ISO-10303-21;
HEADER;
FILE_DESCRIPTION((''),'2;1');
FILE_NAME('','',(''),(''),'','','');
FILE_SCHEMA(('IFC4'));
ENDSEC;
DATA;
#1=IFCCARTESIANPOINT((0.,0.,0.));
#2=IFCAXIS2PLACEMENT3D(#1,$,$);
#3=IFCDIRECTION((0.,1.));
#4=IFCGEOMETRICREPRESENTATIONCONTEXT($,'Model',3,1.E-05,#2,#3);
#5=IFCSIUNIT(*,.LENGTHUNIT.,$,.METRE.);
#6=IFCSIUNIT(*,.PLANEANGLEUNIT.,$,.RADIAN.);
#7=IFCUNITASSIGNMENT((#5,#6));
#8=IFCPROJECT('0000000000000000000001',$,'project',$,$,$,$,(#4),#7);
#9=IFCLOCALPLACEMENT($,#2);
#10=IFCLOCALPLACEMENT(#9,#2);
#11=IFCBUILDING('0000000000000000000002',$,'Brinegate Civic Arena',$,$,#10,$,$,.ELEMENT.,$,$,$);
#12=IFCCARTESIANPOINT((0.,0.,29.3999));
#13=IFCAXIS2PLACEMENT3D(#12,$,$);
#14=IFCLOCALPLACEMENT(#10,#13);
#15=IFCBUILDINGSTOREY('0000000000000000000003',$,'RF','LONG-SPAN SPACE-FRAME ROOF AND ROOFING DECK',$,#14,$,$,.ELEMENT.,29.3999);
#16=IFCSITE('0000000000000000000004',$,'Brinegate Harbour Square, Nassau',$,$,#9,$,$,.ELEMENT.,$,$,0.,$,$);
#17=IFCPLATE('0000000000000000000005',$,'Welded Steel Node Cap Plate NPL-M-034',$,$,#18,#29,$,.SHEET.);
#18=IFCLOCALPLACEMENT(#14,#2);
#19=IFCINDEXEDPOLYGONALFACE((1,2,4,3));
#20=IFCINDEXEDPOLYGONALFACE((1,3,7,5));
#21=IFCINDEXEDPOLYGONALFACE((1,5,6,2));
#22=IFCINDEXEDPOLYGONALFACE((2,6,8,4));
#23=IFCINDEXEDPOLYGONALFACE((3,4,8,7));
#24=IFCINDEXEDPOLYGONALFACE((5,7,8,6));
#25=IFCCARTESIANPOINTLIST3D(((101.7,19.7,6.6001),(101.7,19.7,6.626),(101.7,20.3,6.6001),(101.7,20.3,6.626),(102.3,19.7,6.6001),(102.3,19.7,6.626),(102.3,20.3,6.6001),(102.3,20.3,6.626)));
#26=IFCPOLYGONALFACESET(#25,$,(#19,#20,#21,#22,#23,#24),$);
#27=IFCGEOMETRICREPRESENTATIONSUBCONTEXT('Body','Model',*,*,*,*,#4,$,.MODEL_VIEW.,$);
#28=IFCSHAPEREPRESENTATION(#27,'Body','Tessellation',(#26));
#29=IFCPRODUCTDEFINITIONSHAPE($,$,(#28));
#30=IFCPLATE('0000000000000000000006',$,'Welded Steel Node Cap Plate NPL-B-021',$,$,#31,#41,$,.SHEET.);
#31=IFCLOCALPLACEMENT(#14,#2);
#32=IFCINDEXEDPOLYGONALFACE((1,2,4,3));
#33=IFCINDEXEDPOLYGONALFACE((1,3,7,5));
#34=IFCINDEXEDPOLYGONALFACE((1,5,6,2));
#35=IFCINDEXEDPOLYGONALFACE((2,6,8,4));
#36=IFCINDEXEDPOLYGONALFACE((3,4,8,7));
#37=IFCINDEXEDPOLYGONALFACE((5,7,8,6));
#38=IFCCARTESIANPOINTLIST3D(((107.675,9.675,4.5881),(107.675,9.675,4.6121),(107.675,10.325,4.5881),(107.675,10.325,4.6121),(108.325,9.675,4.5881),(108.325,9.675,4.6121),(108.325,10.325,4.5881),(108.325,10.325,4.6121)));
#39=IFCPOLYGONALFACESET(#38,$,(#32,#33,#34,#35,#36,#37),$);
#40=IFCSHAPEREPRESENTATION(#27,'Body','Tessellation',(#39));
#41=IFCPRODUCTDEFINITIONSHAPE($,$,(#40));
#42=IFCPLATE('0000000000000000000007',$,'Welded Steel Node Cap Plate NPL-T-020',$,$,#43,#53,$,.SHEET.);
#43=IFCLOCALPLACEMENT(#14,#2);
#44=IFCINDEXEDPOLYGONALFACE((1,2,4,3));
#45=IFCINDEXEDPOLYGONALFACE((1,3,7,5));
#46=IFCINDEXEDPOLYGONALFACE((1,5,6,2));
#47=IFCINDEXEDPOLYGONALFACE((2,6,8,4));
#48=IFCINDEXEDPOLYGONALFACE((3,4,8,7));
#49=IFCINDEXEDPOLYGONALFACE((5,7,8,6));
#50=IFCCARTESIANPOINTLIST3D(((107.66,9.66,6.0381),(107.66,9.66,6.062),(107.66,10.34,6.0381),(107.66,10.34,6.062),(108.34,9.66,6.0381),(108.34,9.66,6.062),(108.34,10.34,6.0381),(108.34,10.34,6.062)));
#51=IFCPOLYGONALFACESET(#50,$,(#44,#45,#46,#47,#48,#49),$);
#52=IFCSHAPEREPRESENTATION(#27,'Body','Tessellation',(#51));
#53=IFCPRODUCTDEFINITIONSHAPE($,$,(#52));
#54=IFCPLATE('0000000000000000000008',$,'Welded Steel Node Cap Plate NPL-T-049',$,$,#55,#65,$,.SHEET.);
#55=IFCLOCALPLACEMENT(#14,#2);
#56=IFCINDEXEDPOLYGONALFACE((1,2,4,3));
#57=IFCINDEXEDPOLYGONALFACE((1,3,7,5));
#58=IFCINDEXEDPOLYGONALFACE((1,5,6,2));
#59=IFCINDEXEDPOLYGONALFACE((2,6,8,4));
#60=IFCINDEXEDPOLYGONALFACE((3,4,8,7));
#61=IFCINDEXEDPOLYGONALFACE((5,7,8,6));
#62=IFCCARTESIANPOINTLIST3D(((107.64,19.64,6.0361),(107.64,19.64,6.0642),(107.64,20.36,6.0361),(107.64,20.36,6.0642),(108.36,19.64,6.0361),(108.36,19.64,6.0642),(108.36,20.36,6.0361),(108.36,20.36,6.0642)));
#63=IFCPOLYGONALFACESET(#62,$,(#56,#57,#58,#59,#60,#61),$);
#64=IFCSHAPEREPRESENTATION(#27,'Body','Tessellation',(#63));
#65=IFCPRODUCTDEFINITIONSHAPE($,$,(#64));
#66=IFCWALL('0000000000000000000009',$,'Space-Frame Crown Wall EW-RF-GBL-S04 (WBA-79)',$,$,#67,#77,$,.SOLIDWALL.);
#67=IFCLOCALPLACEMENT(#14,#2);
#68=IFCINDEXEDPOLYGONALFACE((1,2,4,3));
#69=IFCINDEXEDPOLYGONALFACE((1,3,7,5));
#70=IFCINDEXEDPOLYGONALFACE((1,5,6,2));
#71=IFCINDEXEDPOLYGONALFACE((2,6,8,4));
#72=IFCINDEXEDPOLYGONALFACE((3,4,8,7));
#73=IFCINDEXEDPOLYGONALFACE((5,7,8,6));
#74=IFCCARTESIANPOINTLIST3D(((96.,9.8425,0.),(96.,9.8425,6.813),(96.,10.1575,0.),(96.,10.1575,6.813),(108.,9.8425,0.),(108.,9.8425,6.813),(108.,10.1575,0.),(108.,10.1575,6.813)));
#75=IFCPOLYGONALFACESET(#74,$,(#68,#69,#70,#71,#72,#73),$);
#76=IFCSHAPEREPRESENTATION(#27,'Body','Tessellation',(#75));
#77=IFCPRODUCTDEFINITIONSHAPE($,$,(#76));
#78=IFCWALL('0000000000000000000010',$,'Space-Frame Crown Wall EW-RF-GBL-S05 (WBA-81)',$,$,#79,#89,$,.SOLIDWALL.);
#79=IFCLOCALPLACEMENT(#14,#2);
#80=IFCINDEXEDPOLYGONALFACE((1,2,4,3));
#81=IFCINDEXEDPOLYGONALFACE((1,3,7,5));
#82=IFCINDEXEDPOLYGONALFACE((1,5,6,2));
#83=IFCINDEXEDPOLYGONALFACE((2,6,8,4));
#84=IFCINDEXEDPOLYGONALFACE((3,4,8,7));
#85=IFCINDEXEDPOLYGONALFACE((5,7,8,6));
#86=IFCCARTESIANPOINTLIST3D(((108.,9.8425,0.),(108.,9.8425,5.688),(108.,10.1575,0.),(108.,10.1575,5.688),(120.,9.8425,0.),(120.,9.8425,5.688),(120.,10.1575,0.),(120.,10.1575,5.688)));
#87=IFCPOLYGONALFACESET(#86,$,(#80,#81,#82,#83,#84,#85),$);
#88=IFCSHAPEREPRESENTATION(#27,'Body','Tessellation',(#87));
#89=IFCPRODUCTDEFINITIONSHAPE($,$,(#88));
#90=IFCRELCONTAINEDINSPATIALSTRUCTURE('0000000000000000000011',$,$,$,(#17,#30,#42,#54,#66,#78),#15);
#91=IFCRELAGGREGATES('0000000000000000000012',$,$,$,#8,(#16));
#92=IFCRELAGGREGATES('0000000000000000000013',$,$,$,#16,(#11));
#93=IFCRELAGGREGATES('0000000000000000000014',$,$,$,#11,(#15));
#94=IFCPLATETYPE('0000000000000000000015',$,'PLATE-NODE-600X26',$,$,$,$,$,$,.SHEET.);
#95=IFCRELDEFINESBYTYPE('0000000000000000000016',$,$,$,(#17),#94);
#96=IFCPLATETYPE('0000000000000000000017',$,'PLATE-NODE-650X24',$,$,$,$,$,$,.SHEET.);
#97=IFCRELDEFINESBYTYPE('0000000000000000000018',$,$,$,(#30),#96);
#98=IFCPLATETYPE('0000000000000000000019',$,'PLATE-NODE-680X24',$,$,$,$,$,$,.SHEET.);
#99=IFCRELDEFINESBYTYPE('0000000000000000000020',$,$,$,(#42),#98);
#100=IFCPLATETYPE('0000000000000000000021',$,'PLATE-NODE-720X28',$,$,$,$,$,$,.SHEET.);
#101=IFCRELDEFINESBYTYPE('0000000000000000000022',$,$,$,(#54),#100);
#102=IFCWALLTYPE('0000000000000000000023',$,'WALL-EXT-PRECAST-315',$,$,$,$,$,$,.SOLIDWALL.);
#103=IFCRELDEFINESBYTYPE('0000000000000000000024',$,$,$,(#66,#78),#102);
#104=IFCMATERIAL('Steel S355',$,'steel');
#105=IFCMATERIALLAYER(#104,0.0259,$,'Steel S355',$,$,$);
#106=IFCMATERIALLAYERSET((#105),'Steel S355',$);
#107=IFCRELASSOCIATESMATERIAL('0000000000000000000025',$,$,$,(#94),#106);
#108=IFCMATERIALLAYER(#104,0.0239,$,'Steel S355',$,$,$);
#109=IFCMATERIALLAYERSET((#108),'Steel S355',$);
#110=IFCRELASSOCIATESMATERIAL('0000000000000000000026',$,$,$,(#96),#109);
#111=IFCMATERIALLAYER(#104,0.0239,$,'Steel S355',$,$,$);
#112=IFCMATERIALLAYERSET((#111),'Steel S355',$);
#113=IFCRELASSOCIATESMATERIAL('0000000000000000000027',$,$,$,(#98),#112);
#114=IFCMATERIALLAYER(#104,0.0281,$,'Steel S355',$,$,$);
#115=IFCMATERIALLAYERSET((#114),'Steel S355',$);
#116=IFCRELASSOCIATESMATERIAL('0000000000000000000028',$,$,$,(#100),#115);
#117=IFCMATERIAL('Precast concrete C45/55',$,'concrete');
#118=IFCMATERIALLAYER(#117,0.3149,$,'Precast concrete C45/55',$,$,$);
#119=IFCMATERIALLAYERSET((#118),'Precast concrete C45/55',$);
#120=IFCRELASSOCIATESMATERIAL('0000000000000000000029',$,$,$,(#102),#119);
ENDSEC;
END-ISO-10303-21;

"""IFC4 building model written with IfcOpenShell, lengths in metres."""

from ifc_helpers import new_model, si_unit, direction, frame, frame_2d, origin, origin_2d, place, context, subcontext, project, spatial, rectangle, extrude, material, layer, layer_set, type_object, element, save


model = new_model("IFC4")

# Units and contexts
model_context = context("Model", 3, precision=1e-05, world=origin(), true_north=direction((0.0, 1.0)))
body_context = subcontext(model_context, "Body", "Model", "MODEL_VIEW")
ifc_project = project(units=[si_unit("LENGTHUNIT", "METRE"), si_unit("PLANEANGLEUNIT", "RADIAN")], contexts=[model_context])

# Site, building, storey
site_placement = place(None, origin())
site = spatial("IfcSite", under=ifc_project, at=site_placement, Name="Brinegate Harbour Square, Nassau", CompositionType="ELEMENT", RefElevation=0.0)
building_placement = place(site_placement, origin())
building = spatial("IfcBuilding", under=site, at=building_placement, Name="Brinegate Civic Arena", CompositionType="ELEMENT")
storey_placement = place(building_placement, frame((0.0, 0.0, 29.3999)))
storey = spatial("IfcBuildingStorey", under=building, at=storey_placement, Name="RF", Description="LONG-SPAN SPACE-FRAME ROOF AND ROOFING DECK", CompositionType="ELEMENT", Elevation=29.3999)

# Shared definitions
ifc_material_1 = material(Name="Steel S355", Category="steel")

# Plates
ifc_layer_1 = layer(ifc_material_1, 0.0259, Name="Steel S355")
ifc_layer_set_1 = layer_set([ifc_layer_1], Name="Steel S355")
plate_type_1 = type_object("IfcPlateType", Name="PLATE-NODE-600X26", PredefinedType="SHEET", material=ifc_layer_set_1)
for number, where, z_axis, x_axis, name in (
    (1, (102.0, 20.0, 6.6001), (0.0, 0.0, 1.0), (1.0, 0.0, 0.0), "Welded Steel Node Cap Plate NPL-M-034"),
):
    element("IfcPlate", number, at=place(storey_placement, frame(where, z_axis=z_axis, x_axis=x_axis)), inside=storey, type_object=plate_type_1, Name=name, PredefinedType="SHEET", context=body_context, shape_type="SweptSolid", body=[
        extrude(rectangle(XDim=0.6001, YDim=0.6001, at=origin_2d()), origin(), (0.0, 0.0, 1.0), 0.0259),
    ])
ifc_layer_2 = layer(ifc_material_1, 0.0239, Name="Steel S355")
ifc_layer_set_2 = layer_set([ifc_layer_2], Name="Steel S355")
plate_type_2 = type_object("IfcPlateType", Name="PLATE-NODE-650X24", PredefinedType="SHEET", material=ifc_layer_set_2)
plate_1_placement = place(storey_placement, frame((108.0, 10.0, 4.5881), z_axis=(0.0, 0.0, 1.0), x_axis=(1.0, 0.0, 0.0)))
element("IfcPlate", 2, at=plate_1_placement, inside=storey, type_object=plate_type_2, Name="Welded Steel Node Cap Plate NPL-B-021", PredefinedType="SHEET", context=body_context, shape_type="SweptSolid", body=[
    extrude(rectangle(XDim=0.6499, YDim=0.6499, at=origin_2d()), origin(), (0.0, 0.0, 1.0), 0.0239),
])
ifc_layer_3 = layer(ifc_material_1, 0.0239, Name="Steel S355")
ifc_layer_set_3 = layer_set([ifc_layer_3], Name="Steel S355")
plate_type_3 = type_object("IfcPlateType", Name="PLATE-NODE-680X24", PredefinedType="SHEET", material=ifc_layer_set_3)
plate_2_placement = place(storey_placement, frame((108.0, 10.0, 6.0381), z_axis=(0.0, 0.0, 1.0), x_axis=(1.0, 0.0, 0.0)))
element("IfcPlate", 3, at=plate_2_placement, inside=storey, type_object=plate_type_3, Name="Welded Steel Node Cap Plate NPL-T-020", PredefinedType="SHEET", context=body_context, shape_type="SweptSolid", body=[
    extrude(rectangle(XDim=0.6799, YDim=0.6799, at=origin_2d()), origin(), (0.0, 0.0, 1.0), 0.0239),
])
ifc_layer_4 = layer(ifc_material_1, 0.0281, Name="Steel S355")
ifc_layer_set_4 = layer_set([ifc_layer_4], Name="Steel S355")
plate_type_4 = type_object("IfcPlateType", Name="PLATE-NODE-720X28", PredefinedType="SHEET", material=ifc_layer_set_4)
plate_3_placement = place(storey_placement, frame((108.0, 20.0, 6.0361), z_axis=(0.0, 0.0, 1.0), x_axis=(1.0, 0.0, 0.0)))
element("IfcPlate", 4, at=plate_3_placement, inside=storey, type_object=plate_type_4, Name="Welded Steel Node Cap Plate NPL-T-049", PredefinedType="SHEET", context=body_context, shape_type="SweptSolid", body=[
    extrude(rectangle(XDim=0.72, YDim=0.72, at=origin_2d()), origin(), (0.0, 0.0, 1.0), 0.0281),
])

# Walls
ifc_material_2 = material(Name="Precast concrete C45/55", Category="concrete")
ifc_layer_5 = layer(ifc_material_2, 0.3149, Name="Precast concrete C45/55")
ifc_layer_set_5 = layer_set([ifc_layer_5], Name="Precast concrete C45/55")
wall_type = type_object("IfcWallType", Name="WALL-EXT-PRECAST-315", PredefinedType="SOLIDWALL", material=ifc_layer_set_5)
wall_1_placement = place(storey_placement, frame((96.0, 10.0, 0.0), z_axis=(0.0, 0.0, 1.0), x_axis=(1.0, 0.0, 0.0)))
element("IfcWall", 5, at=wall_1_placement, inside=storey, type_object=wall_type, Name="Space-Frame Crown Wall EW-RF-GBL-S04 (WBA-79)", PredefinedType="SOLIDWALL", context=body_context, shape_type="SweptSolid", body=[
    extrude(rectangle(XDim=12.0, YDim=0.3149, at=frame_2d((6.0, 0.0))), origin(), (0.0, 0.0, 1.0), 6.813),
])
wall_2_placement = place(storey_placement, frame((108.0, 10.0, 0.0), z_axis=(0.0, 0.0, 1.0), x_axis=(1.0, 0.0, 0.0)))
element("IfcWall", 6, at=wall_2_placement, inside=storey, type_object=wall_type, Name="Space-Frame Crown Wall EW-RF-GBL-S05 (WBA-81)", PredefinedType="SOLIDWALL", context=body_context, shape_type="SweptSolid", body=[
    extrude(rectangle(XDim=12.0, YDim=0.3149, at=frame_2d((6.0, 0.0))), origin(), (0.0, 0.0, 1.0), 5.688),
])

save(model, "model.ifc")
